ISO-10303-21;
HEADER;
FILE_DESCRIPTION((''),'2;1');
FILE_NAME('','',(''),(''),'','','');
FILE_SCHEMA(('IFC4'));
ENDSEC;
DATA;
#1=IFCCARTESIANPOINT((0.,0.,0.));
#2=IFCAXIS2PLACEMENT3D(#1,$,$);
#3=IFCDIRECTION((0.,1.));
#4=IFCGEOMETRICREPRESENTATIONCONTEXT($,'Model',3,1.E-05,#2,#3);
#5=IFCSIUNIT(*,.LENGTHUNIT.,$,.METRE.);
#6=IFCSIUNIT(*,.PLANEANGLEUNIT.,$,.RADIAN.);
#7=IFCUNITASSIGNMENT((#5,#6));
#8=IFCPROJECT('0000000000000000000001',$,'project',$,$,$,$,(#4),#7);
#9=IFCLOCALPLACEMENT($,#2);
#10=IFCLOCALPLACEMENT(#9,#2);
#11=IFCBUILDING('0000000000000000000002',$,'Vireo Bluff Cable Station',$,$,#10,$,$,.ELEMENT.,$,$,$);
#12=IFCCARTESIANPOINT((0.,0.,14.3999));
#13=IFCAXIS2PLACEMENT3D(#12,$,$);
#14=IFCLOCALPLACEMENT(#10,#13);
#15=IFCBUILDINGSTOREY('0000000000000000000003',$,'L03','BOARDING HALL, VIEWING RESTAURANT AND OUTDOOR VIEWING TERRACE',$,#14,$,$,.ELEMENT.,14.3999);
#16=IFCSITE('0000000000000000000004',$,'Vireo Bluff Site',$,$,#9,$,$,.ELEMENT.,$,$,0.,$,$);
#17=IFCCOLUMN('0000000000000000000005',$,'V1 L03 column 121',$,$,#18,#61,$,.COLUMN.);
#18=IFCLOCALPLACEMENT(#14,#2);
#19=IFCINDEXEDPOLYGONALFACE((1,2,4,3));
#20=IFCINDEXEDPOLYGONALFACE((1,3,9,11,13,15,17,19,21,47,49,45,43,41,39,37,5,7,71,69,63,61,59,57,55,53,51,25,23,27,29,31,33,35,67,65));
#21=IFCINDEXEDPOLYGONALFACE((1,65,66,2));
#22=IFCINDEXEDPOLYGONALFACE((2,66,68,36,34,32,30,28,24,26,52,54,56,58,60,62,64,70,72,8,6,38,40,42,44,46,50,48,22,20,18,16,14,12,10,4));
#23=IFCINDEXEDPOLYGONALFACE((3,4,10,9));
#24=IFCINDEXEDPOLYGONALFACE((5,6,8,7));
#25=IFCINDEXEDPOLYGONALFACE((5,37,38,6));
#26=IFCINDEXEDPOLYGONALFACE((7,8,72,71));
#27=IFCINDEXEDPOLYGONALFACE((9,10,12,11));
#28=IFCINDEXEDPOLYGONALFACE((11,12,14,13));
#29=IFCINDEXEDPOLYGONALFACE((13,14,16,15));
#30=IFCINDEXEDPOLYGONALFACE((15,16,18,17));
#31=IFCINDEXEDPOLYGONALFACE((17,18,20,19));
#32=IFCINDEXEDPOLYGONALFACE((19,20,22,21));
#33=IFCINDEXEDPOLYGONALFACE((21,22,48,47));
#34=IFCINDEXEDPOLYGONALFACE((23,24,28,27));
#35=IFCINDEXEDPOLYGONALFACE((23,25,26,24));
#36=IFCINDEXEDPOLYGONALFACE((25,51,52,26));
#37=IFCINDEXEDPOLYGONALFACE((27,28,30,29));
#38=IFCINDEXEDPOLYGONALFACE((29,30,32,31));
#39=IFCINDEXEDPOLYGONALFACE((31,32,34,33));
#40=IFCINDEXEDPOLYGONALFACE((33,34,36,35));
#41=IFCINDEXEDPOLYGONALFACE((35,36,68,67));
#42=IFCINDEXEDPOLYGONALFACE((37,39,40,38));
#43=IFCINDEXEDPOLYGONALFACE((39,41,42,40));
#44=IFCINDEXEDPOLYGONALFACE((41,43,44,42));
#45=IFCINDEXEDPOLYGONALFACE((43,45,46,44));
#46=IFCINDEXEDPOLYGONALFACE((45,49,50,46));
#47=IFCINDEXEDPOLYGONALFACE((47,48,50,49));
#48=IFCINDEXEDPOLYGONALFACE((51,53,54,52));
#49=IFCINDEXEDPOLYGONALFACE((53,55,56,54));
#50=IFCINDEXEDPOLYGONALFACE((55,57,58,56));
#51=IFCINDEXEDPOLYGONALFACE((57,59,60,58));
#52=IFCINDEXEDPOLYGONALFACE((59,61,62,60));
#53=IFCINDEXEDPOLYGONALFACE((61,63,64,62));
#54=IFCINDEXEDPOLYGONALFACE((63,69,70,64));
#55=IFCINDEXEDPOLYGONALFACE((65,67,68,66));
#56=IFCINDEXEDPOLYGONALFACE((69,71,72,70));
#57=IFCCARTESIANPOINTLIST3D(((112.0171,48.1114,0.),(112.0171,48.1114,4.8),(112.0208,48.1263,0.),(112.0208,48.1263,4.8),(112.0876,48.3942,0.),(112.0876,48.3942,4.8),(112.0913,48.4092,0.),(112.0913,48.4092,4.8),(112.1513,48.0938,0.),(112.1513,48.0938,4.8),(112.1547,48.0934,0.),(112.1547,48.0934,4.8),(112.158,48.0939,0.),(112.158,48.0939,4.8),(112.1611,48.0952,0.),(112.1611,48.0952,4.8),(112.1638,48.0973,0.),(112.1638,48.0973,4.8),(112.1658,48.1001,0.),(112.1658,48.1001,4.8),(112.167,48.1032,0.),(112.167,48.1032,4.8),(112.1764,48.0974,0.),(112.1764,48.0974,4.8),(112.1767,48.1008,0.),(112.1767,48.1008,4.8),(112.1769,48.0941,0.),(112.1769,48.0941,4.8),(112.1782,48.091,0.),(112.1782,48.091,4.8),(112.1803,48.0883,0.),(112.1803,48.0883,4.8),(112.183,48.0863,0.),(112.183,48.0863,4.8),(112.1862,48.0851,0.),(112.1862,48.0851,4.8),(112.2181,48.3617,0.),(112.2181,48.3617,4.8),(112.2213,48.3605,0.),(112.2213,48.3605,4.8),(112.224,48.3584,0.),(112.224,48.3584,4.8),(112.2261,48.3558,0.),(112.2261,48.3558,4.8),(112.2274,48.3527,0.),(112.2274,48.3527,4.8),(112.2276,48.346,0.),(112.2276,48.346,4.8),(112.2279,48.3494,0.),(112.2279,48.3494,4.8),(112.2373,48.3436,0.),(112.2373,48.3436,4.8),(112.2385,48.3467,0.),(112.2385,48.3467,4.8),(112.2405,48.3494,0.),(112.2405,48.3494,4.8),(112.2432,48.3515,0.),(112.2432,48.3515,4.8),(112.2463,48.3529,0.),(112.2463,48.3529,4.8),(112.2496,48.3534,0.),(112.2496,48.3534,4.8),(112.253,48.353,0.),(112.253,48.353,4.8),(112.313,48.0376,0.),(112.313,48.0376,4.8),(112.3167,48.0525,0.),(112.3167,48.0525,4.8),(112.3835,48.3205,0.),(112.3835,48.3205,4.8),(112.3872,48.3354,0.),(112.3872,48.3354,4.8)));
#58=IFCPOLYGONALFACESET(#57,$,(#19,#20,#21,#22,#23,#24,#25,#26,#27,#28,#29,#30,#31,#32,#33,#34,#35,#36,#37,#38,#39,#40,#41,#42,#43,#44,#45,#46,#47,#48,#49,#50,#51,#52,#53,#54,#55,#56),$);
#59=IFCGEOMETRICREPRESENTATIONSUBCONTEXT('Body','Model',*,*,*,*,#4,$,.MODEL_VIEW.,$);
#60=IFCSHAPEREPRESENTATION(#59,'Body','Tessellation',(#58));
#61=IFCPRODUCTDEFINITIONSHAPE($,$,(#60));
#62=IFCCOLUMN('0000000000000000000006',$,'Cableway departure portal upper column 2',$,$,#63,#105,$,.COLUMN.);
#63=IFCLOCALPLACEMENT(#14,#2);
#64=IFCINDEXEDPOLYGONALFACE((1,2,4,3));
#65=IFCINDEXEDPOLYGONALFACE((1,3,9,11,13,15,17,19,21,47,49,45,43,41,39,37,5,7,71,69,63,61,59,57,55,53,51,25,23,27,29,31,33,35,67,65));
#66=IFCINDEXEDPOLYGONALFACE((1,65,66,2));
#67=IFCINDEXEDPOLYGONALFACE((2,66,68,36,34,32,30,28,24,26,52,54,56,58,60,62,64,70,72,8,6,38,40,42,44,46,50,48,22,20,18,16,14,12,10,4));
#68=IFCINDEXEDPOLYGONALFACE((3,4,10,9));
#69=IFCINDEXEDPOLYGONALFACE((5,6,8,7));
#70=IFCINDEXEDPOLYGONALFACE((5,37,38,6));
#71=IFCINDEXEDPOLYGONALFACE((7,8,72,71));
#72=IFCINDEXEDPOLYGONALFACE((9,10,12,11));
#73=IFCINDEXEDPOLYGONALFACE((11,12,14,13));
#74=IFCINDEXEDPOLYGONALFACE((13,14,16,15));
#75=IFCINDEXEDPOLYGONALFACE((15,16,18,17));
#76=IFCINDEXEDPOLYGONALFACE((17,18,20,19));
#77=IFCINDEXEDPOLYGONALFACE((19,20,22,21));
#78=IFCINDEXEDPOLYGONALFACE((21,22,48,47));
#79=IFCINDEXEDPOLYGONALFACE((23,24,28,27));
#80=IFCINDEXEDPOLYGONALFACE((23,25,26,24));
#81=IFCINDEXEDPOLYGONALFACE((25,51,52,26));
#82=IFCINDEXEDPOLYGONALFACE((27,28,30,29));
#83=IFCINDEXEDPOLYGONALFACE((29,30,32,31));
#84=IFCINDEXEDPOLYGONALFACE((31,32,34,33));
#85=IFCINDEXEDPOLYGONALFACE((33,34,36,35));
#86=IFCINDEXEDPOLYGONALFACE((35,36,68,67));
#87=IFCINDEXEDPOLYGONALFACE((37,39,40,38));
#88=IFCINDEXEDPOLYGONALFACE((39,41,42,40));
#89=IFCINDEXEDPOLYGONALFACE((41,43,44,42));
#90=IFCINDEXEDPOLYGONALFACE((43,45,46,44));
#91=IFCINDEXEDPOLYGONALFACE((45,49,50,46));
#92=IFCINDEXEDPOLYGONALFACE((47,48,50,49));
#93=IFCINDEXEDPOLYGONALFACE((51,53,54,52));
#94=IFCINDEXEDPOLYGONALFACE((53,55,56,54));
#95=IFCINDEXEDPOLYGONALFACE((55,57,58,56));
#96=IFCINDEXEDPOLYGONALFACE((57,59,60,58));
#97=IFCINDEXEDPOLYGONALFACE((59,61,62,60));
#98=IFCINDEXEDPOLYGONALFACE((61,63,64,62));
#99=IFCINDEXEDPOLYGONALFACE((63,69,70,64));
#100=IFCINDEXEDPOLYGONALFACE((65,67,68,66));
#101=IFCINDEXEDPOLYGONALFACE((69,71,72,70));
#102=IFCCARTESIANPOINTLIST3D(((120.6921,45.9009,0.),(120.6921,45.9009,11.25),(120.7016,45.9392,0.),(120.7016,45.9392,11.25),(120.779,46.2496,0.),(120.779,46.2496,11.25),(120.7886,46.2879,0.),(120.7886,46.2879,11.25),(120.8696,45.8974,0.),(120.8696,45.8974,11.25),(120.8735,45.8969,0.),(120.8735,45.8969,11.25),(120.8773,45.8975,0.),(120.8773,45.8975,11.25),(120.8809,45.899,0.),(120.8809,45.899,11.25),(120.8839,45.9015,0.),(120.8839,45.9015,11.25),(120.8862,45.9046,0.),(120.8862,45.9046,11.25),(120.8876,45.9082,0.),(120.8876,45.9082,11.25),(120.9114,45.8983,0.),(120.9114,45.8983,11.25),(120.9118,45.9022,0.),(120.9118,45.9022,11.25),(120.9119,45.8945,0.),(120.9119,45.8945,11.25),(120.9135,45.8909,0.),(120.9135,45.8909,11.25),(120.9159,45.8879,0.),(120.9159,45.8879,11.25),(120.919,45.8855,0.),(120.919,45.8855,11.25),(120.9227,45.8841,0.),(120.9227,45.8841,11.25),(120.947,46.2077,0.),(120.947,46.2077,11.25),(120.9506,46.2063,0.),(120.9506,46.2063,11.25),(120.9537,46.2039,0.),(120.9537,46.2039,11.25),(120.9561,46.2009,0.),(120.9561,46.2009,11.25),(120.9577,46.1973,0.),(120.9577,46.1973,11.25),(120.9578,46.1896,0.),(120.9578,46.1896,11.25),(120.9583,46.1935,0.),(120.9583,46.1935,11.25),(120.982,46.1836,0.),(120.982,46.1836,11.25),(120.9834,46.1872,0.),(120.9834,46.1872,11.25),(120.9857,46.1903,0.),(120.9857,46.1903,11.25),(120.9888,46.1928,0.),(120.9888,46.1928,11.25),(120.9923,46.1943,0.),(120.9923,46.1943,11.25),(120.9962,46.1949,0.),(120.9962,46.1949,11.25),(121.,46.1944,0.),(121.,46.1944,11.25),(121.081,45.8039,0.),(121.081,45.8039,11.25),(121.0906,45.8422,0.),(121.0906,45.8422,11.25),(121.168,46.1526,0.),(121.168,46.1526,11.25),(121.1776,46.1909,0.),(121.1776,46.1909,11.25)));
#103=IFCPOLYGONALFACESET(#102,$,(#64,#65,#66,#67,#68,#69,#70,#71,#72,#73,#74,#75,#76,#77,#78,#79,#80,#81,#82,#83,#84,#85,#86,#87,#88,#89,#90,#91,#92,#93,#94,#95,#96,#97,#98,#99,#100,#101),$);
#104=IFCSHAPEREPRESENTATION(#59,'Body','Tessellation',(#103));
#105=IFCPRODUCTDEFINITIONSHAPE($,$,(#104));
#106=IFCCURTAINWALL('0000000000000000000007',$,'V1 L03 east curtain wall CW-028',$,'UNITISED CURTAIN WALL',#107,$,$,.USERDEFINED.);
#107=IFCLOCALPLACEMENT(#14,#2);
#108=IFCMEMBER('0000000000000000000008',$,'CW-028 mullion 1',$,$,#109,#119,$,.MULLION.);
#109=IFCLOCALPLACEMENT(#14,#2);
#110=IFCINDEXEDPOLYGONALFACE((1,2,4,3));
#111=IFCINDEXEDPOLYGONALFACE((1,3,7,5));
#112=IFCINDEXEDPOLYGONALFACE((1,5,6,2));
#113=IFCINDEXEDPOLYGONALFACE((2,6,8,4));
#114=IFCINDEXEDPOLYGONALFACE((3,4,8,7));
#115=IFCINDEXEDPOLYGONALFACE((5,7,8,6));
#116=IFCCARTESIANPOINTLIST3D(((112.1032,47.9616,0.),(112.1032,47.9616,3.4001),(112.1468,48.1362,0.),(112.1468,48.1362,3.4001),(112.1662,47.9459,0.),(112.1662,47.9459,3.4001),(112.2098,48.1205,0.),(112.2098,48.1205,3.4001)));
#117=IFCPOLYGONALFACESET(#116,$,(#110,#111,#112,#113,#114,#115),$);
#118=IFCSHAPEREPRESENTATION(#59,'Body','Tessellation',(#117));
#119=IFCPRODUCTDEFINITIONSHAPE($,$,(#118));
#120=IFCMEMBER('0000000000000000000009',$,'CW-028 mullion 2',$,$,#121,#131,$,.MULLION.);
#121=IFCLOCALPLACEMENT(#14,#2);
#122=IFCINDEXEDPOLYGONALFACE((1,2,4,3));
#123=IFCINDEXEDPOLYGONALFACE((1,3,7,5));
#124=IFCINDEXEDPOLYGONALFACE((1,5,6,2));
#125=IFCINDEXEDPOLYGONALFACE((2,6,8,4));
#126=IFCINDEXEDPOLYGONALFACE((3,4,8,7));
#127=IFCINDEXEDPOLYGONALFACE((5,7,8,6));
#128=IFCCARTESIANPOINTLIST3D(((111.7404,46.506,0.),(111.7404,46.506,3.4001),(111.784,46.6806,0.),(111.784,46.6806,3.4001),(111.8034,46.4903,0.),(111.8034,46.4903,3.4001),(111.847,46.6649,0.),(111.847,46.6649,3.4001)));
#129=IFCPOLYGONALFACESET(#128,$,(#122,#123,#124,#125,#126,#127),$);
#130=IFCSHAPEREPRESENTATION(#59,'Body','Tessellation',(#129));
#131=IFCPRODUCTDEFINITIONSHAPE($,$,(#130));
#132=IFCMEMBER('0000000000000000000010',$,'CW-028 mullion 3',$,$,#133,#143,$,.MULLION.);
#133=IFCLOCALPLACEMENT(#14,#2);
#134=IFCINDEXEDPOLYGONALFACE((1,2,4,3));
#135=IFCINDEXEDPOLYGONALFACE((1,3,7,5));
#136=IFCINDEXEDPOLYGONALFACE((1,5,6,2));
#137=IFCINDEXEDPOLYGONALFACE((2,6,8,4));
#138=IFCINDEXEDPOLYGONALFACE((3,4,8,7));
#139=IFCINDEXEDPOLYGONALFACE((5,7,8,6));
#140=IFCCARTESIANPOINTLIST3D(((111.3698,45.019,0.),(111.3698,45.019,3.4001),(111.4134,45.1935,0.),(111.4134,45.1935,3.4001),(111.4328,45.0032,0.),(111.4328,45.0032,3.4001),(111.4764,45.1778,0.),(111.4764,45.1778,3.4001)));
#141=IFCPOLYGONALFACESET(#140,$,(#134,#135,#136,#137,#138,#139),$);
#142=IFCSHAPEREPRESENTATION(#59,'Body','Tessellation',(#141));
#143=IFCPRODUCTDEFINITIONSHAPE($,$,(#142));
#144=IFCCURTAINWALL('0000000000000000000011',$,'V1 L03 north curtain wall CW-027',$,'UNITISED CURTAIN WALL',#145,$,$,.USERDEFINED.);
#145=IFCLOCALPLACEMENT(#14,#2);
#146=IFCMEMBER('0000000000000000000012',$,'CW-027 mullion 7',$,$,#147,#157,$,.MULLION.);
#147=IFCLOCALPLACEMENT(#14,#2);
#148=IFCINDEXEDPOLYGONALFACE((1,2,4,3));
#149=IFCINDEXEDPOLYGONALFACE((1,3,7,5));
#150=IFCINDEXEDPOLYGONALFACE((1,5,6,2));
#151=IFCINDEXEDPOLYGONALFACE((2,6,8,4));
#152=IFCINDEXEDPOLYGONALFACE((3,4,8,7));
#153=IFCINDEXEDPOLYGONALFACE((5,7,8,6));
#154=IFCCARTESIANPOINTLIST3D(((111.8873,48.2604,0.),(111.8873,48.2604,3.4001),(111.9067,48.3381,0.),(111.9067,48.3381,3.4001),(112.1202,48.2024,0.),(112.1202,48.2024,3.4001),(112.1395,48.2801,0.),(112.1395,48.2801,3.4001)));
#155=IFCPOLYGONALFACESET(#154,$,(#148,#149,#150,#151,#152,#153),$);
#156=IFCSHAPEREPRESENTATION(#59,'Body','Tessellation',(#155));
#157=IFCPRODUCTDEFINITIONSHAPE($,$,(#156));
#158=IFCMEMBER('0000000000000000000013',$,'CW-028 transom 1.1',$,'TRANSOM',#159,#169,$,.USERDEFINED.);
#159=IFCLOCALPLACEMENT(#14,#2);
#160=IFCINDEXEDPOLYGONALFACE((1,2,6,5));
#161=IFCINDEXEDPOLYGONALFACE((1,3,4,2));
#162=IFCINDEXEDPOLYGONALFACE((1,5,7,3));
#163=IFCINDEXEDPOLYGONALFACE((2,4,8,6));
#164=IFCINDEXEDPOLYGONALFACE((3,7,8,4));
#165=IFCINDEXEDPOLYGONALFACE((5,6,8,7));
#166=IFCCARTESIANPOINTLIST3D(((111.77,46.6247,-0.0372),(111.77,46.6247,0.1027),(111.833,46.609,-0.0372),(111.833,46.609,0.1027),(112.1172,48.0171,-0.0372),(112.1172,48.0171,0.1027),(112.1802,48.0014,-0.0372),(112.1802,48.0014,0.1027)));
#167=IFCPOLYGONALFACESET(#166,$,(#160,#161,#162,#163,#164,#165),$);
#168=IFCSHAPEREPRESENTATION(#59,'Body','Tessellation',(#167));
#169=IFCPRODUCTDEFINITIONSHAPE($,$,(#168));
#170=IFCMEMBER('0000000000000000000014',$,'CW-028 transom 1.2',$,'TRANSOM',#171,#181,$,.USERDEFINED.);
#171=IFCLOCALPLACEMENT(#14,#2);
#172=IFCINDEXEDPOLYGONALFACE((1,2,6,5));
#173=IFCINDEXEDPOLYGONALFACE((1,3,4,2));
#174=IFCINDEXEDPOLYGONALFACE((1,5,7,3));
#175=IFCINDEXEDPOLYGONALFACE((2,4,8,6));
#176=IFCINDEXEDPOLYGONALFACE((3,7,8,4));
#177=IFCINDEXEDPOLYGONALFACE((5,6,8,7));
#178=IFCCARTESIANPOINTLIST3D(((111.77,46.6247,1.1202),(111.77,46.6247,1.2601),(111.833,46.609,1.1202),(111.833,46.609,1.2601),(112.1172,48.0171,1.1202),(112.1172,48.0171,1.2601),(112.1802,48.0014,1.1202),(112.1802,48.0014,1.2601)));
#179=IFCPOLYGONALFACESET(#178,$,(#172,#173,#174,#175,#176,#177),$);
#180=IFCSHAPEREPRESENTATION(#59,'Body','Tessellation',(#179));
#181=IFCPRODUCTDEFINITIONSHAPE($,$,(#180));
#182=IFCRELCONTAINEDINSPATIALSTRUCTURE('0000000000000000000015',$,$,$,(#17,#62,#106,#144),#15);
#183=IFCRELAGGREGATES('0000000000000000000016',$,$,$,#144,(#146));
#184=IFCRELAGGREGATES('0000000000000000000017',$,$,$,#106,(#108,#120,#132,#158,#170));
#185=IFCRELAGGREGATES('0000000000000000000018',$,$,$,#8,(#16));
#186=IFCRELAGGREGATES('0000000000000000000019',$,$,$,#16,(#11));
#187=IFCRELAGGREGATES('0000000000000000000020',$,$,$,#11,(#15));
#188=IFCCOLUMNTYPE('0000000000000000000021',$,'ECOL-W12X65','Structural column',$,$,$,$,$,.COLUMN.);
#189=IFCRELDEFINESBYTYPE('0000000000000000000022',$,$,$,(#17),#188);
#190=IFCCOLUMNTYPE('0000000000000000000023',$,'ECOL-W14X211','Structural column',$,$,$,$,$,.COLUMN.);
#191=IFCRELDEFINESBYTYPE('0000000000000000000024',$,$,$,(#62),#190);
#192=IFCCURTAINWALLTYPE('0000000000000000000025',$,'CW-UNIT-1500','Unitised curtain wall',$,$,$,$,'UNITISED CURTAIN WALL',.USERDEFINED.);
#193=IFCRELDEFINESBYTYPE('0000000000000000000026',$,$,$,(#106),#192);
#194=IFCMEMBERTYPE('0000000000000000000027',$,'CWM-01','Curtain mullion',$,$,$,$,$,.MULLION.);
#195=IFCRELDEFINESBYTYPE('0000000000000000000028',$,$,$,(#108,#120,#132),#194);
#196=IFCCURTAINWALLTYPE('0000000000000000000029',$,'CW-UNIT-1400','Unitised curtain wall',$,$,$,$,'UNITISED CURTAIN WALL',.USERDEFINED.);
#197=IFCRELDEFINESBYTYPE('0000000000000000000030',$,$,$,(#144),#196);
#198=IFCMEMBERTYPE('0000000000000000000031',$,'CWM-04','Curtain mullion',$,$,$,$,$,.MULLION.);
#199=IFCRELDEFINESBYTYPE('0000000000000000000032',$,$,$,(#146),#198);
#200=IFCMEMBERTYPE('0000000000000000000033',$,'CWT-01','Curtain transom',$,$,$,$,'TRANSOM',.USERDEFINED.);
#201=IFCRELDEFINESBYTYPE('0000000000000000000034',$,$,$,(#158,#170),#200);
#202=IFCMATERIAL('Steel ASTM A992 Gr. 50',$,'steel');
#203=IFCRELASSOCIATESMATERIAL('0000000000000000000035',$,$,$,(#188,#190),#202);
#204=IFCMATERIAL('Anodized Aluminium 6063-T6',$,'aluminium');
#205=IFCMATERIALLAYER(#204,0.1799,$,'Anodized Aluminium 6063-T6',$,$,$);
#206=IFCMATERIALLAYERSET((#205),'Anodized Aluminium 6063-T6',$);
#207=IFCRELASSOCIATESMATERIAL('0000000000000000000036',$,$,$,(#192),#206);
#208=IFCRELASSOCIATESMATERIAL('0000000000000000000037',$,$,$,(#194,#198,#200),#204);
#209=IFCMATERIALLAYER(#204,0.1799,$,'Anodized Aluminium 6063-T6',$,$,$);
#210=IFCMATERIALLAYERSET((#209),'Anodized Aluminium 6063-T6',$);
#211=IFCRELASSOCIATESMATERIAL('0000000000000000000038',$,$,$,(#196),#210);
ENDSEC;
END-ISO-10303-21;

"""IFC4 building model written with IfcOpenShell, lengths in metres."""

from ifc_helpers import new_model, si_unit, direction, frame, origin, origin_2d, place, context, subcontext, project, spatial, rectangle, i_section, extrude, material, layer, layer_set, material_profile, profile_set, type_object, element, aggregate, save


model = new_model("IFC4")

# Units and contexts
model_context = context("Model", 3, precision=1e-05, world=origin(), true_north=direction((0.0, 1.0)))
body_context = subcontext(model_context, "Body", "Model", "MODEL_VIEW")
ifc_project = project(units=[si_unit("LENGTHUNIT", "METRE"), si_unit("PLANEANGLEUNIT", "RADIAN")], contexts=[model_context])

# Site, building, storey
site_placement = place(None, origin())
site = spatial("IfcSite", under=ifc_project, at=site_placement, Name="Vireo Bluff Site", CompositionType="ELEMENT", RefElevation=0.0)
building_placement = place(site_placement, origin())
building = spatial("IfcBuilding", under=site, at=building_placement, Name="Vireo Bluff Cable Station", CompositionType="ELEMENT")
storey_placement = place(building_placement, frame((0.0, 0.0, 14.3999)))
storey = spatial("IfcBuildingStorey", under=building, at=storey_placement, Name="L03", Description="BOARDING HALL, VIEWING RESTAURANT AND OUTDOOR VIEWING TERRACE", CompositionType="ELEMENT", Elevation=14.3999)

# Columns
ifc_material_1 = material(Name="Steel ASTM A992 Gr. 50", Category="steel")
ifc_material_profile_1 = material_profile(ifc_material_1, i_section(OverallWidth=0.3049, OverallDepth=0.3069, WebThickness=0.01, FlangeThickness=0.0154, FilletRadius=0.0129, at=origin_2d()), Name="W12X65")
ifc_profile_set_1 = profile_set([ifc_material_profile_1], Name="Steel ASTM A992 Gr. 50")
column_type_1 = type_object("IfcColumnType", Name="ECOL-W12X65", Description="Structural column", PredefinedType="COLUMN", material=ifc_profile_set_1)
column_1_placement = place(storey_placement, frame((112.2021, 48.2234, 0.0), z_axis=(0.0, 0.0, 1.0), x_axis=(0.970296, -0.241922, 0.0)))
element("IfcColumn", 1, at=column_1_placement, inside=storey, type_object=column_type_1, Name="V1 L03 column 121", PredefinedType="COLUMN", context=body_context, shape_type="SweptSolid", body=[
    extrude(i_section(OverallWidth=0.3049, OverallDepth=0.3069, WebThickness=0.01, FlangeThickness=0.0154, FilletRadius=0.0129, at=origin_2d()), origin(), (0.0, 0.0, 1.0), 4.8),
])
ifc_material_profile_2 = material_profile(ifc_material_1, i_section(OverallWidth=0.4009, OverallDepth=0.3989, WebThickness=0.0249, FlangeThickness=0.0396, FilletRadius=0.0149, at=origin_2d()), Name="W14X211")
ifc_profile_set_2 = profile_set([ifc_material_profile_2], Name="Steel ASTM A992 Gr. 50")
column_type_2 = type_object("IfcColumnType", Name="ECOL-W14X211", Description="Structural column", PredefinedType="COLUMN", material=ifc_profile_set_2)
column_2_placement = place(storey_placement, frame((120.9348, 46.0459, 0.0), z_axis=(0.0, 0.0, 1.0), x_axis=(0.970296, -0.241922, 0.0)))
element("IfcColumn", 2, at=column_2_placement, inside=storey, type_object=column_type_2, Name="Cableway departure portal upper column 2", PredefinedType="COLUMN", context=body_context, shape_type="SweptSolid", body=[
    extrude(i_section(OverallWidth=0.4009, OverallDepth=0.3989, WebThickness=0.0249, FlangeThickness=0.0396, FilletRadius=0.0149, at=origin_2d()), origin(), (0.0, 0.0, 1.0), 11.25),
])

# Curtain wall, members
ifc_material_2 = material(Name="Anodized Aluminium 6063-T6", Category="aluminium")
ifc_layer_1 = layer(ifc_material_2, 0.1799, Name="Anodized Aluminium 6063-T6")
ifc_layer_set_1 = layer_set([ifc_layer_1], Name="Anodized Aluminium 6063-T6")
curtain_wall_type_1 = type_object("IfcCurtainWallType", Name="CW-UNIT-1500", Description="Unitised curtain wall", ElementType="UNITISED CURTAIN WALL", PredefinedType="USERDEFINED", material=ifc_layer_set_1)
curtain_wall_1_placement = place(storey_placement, origin())
curtain_wall_1 = element("IfcCurtainWall", 3, at=curtain_wall_1_placement, inside=storey, type_object=curtain_wall_type_1, Name="V1 L03 east curtain wall CW-028", ObjectType="UNITISED CURTAIN WALL", PredefinedType="USERDEFINED")
ifc_material_profile_3 = material_profile(ifc_material_2, rectangle(XDim=0.0649, YDim=0.1799, at=origin_2d()), Name="ALU-M-65X180")
ifc_profile_set_3 = profile_set([ifc_material_profile_3], Name="Anodized Aluminium 6063-T6")
member_type_1 = type_object("IfcMemberType", Name="CWM-01", Description="Curtain mullion", PredefinedType="MULLION", material=ifc_profile_set_3)
member_1_placement = place(storey_placement, frame((112.1565, 48.041, 0.0), z_axis=(0.0, 0.0, 1.0), x_axis=(0.970296, -0.241922, 0.0)))
member_1 = element("IfcMember", 4, at=member_1_placement, type_object=member_type_1, Name="CW-028 mullion 1", PredefinedType="MULLION", context=body_context, shape_type="SweptSolid", body=[
    extrude(rectangle(XDim=0.0649, YDim=0.1799, at=origin_2d()), origin(), (0.0, 0.0, 1.0), 3.4001),
])
member_2_placement = place(storey_placement, frame((111.7937, 46.5854, 0.0), z_axis=(0.0, 0.0, 1.0), x_axis=(0.970296, -0.241922, 0.0)))
member_2 = element("IfcMember", 5, at=member_2_placement, type_object=member_type_1, Name="CW-028 mullion 2", PredefinedType="MULLION", context=body_context, shape_type="SweptSolid", body=[
    extrude(rectangle(XDim=0.0649, YDim=0.1799, at=origin_2d()), origin(), (0.0, 0.0, 1.0), 3.4001),
])
member_3_placement = place(storey_placement, frame((111.4231, 45.0984, 0.0), z_axis=(0.0, 0.0, 1.0), x_axis=(0.970296, -0.241922, 0.0)))
member_3 = element("IfcMember", 6, at=member_3_placement, type_object=member_type_1, Name="CW-028 mullion 3", PredefinedType="MULLION", context=body_context, shape_type="SweptSolid", body=[
    extrude(rectangle(XDim=0.0649, YDim=0.1799, at=origin_2d()), origin(), (0.0, 0.0, 1.0), 3.4001),
])

# Curtain wall, member
ifc_layer_2 = layer(ifc_material_2, 0.1799, Name="Anodized Aluminium 6063-T6")
ifc_layer_set_2 = layer_set([ifc_layer_2], Name="Anodized Aluminium 6063-T6")
curtain_wall_type_2 = type_object("IfcCurtainWallType", Name="CW-UNIT-1400", Description="Unitised curtain wall", ElementType="UNITISED CURTAIN WALL", PredefinedType="USERDEFINED", material=ifc_layer_set_2)
curtain_wall_2_placement = place(storey_placement, origin())
curtain_wall_2 = element("IfcCurtainWall", 7, at=curtain_wall_2_placement, inside=storey, type_object=curtain_wall_type_2, Name="V1 L03 north curtain wall CW-027", ObjectType="UNITISED CURTAIN WALL", PredefinedType="USERDEFINED")
ifc_material_profile_4 = material_profile(ifc_material_2, rectangle(XDim=0.0801, YDim=0.24, at=origin_2d()), Name="ALU-M-80X240")
ifc_profile_set_4 = profile_set([ifc_material_profile_4], Name="Anodized Aluminium 6063-T6")
member_type_2 = type_object("IfcMemberType", Name="CWM-04", Description="Curtain mullion", PredefinedType="MULLION", material=ifc_profile_set_4)
member_4_placement = place(storey_placement, frame((112.0134, 48.2703, 0.0), z_axis=(0.0, 0.0, 1.0), x_axis=(0.241922, 0.970296, 0.0)))
member_4 = element("IfcMember", 8, at=member_4_placement, type_object=member_type_2, Name="CW-027 mullion 7", PredefinedType="MULLION", context=body_context, shape_type="SweptSolid", body=[
    extrude(rectangle(XDim=0.0801, YDim=0.24, at=origin_2d()), origin(), (0.0, 0.0, 1.0), 3.4001),
])
aggregate(curtain_wall_2, [member_4])

# Members
ifc_material_profile_5 = material_profile(ifc_material_2, rectangle(XDim=0.0649, YDim=0.1399, at=origin_2d()), Name="ALU-T-65X140")
ifc_profile_set_5 = profile_set([ifc_material_profile_5], Name="Anodized Aluminium 6063-T6")
member_type_3 = type_object("IfcMemberType", Name="CWT-01", Description="Curtain transom", ElementType="TRANSOM", PredefinedType="USERDEFINED", material=ifc_profile_set_5)
member_5_placement = place(storey_placement, frame((112.1487, 48.0093, 0.0327), z_axis=(-0.241935, -0.970292, 0.0), x_axis=(0.970292, -0.241935, 0.0)))
member_5 = element("IfcMember", 9, at=member_5_placement, type_object=member_type_3, Name="CW-028 transom 1.1", ObjectType="TRANSOM", PredefinedType="USERDEFINED", context=body_context, shape_type="SweptSolid", body=[
    extrude(rectangle(XDim=0.0649, YDim=0.1399, at=origin_2d()), origin(), (0.0, 0.0, 1.0), 1.4351),
])
member_6_placement = place(storey_placement, frame((112.1487, 48.0093, 1.1902), z_axis=(-0.241935, -0.970292, 0.0), x_axis=(0.970292, -0.241935, 0.0)))
member_6 = element("IfcMember", 10, at=member_6_placement, type_object=member_type_3, Name="CW-028 transom 1.2", ObjectType="TRANSOM", PredefinedType="USERDEFINED", context=body_context, shape_type="SweptSolid", body=[
    extrude(rectangle(XDim=0.0649, YDim=0.1399, at=origin_2d()), origin(), (0.0, 0.0, 1.0), 1.4351),
])

aggregate(curtain_wall_1, [member_1, member_2, member_3, member_5, member_6])

save(model, "model.ifc")
